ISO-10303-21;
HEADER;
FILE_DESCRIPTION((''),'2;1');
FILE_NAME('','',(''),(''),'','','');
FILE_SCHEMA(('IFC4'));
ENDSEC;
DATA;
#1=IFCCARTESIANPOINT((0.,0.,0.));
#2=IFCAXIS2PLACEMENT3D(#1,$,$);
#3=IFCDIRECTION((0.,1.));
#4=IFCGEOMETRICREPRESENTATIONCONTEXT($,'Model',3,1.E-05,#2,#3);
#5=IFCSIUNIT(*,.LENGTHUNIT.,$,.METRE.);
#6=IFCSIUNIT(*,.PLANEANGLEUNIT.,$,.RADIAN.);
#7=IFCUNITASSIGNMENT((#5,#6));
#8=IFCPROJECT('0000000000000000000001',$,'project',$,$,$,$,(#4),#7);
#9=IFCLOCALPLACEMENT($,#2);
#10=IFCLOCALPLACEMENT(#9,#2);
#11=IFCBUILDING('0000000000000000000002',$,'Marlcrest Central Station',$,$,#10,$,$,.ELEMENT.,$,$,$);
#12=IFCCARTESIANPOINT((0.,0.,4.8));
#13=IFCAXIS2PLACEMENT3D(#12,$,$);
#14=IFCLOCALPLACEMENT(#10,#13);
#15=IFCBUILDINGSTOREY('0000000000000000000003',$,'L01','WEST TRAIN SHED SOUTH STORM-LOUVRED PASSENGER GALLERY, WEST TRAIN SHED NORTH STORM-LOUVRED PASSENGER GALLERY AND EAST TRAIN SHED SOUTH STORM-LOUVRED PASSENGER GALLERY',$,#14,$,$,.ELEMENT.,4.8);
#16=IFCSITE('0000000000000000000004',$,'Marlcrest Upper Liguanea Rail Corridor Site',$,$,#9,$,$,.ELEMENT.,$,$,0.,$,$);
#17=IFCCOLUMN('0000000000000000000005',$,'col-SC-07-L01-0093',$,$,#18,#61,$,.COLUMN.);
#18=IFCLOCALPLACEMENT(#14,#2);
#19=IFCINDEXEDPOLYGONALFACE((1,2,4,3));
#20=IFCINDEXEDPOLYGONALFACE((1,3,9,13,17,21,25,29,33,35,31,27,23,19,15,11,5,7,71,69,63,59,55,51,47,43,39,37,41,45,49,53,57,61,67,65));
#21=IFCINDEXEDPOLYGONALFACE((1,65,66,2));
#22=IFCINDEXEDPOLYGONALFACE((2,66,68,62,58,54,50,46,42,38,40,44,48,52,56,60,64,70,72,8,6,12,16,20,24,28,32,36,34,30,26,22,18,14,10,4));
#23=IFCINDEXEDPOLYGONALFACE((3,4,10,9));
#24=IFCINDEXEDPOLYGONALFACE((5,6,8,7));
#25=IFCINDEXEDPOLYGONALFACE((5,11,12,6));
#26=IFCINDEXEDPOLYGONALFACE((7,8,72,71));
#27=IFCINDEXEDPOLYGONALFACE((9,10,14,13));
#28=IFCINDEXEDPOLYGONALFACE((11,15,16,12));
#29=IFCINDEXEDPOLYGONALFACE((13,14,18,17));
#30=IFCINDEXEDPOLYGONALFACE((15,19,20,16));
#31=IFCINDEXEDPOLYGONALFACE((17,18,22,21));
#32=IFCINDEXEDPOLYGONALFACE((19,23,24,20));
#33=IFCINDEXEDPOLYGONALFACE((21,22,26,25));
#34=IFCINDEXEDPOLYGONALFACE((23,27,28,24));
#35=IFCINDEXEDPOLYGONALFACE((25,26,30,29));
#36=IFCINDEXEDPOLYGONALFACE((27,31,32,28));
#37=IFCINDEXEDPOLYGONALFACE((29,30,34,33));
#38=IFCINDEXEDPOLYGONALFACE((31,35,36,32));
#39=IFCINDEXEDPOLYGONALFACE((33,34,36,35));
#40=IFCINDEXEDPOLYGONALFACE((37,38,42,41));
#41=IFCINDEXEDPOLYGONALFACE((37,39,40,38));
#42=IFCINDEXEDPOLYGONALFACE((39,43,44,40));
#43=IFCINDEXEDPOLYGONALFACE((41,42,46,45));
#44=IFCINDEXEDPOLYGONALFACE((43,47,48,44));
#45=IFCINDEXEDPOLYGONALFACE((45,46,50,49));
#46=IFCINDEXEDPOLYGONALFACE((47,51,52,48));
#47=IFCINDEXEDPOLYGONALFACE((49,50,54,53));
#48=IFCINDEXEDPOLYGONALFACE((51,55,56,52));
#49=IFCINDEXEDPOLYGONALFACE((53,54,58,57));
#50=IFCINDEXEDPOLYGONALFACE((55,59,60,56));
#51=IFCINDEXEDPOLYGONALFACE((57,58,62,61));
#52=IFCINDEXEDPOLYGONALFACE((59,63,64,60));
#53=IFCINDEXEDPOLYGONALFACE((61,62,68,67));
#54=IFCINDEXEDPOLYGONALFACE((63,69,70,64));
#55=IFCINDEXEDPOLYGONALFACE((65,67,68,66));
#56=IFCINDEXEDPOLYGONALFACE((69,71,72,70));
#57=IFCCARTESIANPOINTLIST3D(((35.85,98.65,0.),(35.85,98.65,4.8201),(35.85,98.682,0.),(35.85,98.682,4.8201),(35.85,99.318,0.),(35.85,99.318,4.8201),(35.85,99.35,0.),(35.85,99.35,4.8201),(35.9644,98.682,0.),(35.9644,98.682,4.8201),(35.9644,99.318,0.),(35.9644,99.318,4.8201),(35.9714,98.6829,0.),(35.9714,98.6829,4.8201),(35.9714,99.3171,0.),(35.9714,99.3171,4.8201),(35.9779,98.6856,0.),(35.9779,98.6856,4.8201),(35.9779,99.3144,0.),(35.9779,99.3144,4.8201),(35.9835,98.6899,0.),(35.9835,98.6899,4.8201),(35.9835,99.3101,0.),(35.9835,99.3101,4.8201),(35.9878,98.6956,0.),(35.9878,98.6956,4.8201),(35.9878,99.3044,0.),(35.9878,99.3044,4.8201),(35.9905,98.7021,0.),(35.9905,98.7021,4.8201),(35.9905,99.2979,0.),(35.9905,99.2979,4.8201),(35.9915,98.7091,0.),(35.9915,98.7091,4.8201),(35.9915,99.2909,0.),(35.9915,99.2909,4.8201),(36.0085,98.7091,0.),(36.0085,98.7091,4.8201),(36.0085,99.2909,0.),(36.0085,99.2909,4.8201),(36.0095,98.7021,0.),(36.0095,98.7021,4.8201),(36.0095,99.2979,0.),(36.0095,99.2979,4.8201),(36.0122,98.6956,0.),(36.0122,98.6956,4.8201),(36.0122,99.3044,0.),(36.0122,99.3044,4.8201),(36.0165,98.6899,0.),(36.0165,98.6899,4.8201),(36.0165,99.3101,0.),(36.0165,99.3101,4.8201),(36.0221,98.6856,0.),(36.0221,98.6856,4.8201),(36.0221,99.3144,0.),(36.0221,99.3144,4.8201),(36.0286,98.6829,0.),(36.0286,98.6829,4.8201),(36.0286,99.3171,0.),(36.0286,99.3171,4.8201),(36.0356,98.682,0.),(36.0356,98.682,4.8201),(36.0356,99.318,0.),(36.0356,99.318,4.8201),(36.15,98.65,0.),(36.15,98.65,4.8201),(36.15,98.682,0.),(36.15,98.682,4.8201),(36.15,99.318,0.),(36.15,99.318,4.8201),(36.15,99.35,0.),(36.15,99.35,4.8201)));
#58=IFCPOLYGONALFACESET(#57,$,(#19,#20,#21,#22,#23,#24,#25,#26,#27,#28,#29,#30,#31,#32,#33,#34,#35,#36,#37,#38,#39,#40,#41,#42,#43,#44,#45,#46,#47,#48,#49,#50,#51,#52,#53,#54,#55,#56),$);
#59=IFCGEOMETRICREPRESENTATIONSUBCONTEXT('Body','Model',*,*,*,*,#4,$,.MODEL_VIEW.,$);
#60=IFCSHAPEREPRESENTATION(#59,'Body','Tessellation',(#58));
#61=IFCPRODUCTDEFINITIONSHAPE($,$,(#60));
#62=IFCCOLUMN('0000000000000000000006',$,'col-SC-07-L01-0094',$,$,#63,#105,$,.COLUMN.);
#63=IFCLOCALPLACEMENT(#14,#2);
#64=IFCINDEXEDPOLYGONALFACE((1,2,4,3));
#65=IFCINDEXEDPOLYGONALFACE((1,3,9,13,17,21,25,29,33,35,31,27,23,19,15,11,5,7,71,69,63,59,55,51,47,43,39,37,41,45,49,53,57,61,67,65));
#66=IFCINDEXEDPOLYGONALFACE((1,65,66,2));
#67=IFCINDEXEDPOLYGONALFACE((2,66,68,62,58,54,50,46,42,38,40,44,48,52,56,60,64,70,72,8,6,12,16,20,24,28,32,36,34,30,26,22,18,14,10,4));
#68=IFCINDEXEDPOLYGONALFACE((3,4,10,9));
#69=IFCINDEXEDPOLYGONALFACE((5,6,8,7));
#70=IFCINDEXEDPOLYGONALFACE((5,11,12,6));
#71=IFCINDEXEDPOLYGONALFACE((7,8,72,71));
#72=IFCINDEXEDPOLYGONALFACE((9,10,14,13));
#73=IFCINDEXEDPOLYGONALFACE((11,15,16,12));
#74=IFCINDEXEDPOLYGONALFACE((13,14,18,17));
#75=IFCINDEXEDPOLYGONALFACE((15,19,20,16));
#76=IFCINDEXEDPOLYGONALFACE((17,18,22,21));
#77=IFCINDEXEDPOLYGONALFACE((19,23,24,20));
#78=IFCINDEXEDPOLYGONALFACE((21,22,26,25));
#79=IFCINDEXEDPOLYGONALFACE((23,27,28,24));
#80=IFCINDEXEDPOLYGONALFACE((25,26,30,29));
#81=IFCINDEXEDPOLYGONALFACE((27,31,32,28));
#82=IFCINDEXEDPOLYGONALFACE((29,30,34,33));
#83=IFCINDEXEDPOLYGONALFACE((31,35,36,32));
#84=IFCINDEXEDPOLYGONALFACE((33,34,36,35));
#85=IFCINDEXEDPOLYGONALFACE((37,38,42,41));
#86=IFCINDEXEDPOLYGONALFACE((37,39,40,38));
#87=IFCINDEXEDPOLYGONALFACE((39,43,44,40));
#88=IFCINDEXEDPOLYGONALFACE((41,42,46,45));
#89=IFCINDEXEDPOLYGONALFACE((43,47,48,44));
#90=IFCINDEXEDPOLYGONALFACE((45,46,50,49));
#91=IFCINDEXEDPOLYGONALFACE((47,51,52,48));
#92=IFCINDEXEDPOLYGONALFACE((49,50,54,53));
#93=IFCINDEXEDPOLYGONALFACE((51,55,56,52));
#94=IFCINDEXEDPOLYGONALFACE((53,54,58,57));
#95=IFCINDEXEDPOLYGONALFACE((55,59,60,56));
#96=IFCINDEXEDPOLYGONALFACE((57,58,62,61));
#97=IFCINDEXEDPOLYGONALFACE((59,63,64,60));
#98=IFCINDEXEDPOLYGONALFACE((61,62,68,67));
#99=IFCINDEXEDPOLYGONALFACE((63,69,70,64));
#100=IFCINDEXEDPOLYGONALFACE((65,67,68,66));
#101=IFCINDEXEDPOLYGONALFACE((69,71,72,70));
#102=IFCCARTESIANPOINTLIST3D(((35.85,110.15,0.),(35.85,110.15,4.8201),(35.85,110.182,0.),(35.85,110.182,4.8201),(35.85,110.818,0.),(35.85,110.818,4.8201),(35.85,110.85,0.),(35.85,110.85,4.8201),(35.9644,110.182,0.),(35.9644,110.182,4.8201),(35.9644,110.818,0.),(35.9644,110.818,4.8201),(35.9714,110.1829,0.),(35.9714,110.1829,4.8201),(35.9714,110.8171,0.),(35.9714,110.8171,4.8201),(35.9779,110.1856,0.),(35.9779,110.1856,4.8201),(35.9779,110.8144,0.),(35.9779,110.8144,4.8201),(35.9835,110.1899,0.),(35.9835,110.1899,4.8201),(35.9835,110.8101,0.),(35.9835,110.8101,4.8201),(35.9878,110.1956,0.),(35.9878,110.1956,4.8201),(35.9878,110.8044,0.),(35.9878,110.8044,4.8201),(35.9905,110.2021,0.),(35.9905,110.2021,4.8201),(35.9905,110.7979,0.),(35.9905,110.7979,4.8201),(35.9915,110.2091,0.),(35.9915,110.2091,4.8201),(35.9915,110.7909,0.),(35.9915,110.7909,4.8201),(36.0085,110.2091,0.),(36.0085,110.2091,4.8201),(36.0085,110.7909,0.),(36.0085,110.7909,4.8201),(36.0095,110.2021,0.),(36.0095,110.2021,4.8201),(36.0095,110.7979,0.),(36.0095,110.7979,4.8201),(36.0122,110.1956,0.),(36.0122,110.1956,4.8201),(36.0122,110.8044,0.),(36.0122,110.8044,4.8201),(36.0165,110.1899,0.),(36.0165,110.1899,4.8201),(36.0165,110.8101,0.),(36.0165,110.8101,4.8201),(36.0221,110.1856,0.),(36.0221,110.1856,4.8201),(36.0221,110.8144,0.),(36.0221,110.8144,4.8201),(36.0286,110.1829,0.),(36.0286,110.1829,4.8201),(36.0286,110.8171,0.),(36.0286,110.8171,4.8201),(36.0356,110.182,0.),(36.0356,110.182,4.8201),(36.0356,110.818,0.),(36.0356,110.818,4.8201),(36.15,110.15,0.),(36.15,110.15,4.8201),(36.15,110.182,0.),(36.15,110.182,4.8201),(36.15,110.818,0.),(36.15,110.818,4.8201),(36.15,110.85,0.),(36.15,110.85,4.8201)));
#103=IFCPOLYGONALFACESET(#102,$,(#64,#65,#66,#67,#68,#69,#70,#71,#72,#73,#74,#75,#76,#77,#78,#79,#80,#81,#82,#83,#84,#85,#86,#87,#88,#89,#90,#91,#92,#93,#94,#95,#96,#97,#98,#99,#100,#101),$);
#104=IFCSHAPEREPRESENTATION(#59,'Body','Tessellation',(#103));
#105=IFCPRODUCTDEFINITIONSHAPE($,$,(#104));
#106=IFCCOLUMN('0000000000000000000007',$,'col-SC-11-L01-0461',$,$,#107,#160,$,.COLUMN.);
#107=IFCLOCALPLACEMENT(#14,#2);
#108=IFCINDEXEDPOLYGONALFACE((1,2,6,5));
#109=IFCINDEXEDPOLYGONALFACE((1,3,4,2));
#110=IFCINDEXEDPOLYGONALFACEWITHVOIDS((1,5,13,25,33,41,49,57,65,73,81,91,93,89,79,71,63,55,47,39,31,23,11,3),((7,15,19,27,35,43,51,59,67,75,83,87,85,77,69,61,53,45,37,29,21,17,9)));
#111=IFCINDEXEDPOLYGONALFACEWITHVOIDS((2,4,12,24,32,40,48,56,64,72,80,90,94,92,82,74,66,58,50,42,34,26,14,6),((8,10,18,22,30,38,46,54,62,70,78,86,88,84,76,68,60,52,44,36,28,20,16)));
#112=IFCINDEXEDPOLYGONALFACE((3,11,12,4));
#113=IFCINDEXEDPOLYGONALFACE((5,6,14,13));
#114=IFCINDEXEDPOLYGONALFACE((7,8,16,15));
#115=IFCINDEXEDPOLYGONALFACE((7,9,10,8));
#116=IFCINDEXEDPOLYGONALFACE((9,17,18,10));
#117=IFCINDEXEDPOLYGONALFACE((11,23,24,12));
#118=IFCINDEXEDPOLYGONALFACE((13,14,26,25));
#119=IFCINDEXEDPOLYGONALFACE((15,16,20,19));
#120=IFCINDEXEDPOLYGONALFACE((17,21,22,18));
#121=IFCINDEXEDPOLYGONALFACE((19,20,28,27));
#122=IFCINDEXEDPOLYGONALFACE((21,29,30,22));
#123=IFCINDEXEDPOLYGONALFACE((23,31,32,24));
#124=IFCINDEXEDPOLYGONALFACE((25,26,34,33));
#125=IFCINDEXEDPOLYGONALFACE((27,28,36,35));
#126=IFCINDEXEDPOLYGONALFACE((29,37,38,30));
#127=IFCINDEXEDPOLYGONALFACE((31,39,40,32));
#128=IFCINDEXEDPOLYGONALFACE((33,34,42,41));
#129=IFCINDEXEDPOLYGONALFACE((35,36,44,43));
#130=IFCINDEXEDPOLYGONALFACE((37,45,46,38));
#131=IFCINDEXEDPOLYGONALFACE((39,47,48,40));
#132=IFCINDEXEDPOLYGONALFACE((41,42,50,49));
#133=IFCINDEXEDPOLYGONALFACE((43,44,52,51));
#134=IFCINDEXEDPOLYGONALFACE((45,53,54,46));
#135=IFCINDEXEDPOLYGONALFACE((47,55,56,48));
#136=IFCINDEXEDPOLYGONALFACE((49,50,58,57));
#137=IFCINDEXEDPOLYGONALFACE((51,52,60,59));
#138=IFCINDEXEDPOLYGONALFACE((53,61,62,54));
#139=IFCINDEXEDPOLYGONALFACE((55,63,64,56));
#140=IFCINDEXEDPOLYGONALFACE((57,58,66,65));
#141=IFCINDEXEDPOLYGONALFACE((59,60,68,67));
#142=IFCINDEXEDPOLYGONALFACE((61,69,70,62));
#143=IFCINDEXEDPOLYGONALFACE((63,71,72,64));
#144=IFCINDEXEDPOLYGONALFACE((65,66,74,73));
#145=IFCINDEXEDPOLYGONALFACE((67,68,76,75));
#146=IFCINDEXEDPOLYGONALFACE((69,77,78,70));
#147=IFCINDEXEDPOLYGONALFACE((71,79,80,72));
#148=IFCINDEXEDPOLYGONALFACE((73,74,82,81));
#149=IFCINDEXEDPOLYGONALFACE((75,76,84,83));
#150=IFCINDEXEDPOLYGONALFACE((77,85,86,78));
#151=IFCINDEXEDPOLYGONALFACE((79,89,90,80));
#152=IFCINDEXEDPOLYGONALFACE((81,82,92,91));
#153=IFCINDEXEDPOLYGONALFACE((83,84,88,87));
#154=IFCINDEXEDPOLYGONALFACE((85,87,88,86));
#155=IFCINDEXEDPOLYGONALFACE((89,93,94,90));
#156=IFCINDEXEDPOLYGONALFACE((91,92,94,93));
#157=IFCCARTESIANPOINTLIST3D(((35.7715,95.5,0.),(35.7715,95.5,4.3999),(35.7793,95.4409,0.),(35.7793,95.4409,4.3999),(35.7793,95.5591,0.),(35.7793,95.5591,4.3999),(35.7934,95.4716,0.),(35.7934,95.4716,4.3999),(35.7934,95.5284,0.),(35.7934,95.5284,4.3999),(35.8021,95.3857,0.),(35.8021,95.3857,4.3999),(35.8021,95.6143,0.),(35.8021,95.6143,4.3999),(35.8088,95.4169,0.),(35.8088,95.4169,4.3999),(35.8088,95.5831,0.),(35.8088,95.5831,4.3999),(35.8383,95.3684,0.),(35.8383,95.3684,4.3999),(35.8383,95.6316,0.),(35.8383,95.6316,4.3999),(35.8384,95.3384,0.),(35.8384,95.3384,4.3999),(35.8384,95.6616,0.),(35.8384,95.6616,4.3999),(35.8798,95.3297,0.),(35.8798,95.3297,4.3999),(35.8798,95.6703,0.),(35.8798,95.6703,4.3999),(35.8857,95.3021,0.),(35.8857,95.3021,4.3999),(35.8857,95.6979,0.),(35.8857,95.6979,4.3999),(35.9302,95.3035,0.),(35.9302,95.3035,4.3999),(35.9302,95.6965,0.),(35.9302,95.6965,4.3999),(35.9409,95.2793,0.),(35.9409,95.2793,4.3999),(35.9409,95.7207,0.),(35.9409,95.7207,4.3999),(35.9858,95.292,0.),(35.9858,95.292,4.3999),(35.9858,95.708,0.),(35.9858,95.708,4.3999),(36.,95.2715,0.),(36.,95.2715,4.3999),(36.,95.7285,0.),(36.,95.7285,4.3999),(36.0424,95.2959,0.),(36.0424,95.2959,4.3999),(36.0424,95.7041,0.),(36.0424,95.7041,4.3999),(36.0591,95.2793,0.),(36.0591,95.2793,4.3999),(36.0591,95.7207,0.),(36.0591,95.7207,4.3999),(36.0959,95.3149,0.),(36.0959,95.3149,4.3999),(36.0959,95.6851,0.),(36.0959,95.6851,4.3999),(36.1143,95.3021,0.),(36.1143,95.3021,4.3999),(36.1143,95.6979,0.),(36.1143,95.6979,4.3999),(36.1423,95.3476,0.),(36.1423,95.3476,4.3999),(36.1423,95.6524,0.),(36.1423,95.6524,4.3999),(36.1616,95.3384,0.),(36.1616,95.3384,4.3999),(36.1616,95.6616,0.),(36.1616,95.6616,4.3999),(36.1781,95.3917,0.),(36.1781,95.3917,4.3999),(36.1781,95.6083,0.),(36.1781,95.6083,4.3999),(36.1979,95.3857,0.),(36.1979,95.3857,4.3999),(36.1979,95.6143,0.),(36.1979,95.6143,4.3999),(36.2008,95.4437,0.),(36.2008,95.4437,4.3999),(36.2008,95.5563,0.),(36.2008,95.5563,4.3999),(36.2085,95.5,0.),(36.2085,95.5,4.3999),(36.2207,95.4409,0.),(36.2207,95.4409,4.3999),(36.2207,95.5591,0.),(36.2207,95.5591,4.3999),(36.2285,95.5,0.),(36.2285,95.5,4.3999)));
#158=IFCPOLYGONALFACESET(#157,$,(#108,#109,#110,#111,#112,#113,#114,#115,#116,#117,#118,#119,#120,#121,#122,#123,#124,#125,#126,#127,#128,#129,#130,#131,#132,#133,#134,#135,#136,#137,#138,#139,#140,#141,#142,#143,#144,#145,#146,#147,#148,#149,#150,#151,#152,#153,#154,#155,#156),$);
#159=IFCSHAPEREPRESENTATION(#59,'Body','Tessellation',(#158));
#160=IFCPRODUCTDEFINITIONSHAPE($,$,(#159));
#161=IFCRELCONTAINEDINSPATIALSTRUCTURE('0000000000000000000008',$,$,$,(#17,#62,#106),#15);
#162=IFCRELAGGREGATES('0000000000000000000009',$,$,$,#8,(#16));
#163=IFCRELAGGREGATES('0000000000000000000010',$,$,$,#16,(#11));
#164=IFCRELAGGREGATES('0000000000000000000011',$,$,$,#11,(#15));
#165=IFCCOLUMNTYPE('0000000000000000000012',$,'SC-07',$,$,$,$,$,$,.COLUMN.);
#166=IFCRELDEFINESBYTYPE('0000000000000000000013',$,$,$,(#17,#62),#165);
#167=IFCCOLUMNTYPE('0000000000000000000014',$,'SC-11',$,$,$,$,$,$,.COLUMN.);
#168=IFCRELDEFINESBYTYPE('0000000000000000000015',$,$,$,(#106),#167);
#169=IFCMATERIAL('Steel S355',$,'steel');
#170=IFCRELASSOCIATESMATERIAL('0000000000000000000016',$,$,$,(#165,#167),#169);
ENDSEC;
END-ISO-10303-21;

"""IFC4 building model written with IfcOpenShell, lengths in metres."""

from ifc_helpers import new_model, si_unit, direction, frame, origin, origin_2d, place, context, subcontext, project, spatial, hollow_circle, i_section, extrude, material, material_profile, profile_set, type_object, element, save


model = new_model("IFC4")

# Units and contexts
model_context = context("Model", 3, precision=1e-05, world=origin(), true_north=direction((0.0, 1.0)))
body_context = subcontext(model_context, "Body", "Model", "MODEL_VIEW")
ifc_project = project(units=[si_unit("LENGTHUNIT", "METRE"), si_unit("PLANEANGLEUNIT", "RADIAN")], contexts=[model_context])

# Site, building, storey
site_placement = place(None, origin())
site = spatial("IfcSite", under=ifc_project, at=site_placement, Name="Marlcrest Upper Liguanea Rail Corridor Site", CompositionType="ELEMENT", RefElevation=0.0)
building_placement = place(site_placement, origin())
building = spatial("IfcBuilding", under=site, at=building_placement, Name="Marlcrest Central Station", CompositionType="ELEMENT")
storey_placement = place(building_placement, frame((0.0, 0.0, 4.8)))
storey = spatial("IfcBuildingStorey", under=building, at=storey_placement, Name="L01", Description="WEST TRAIN SHED SOUTH STORM-LOUVRED PASSENGER GALLERY, WEST TRAIN SHED NORTH STORM-LOUVRED PASSENGER GALLERY AND EAST TRAIN SHED SOUTH STORM-LOUVRED PASSENGER GALLERY", CompositionType="ELEMENT", Elevation=4.8)

# Columns
ifc_material_1 = material(Name="Steel S355", Category="steel")
ifc_material_profile_1 = material_profile(ifc_material_1, i_section(OverallWidth=0.3, OverallDepth=0.7, WebThickness=0.0171, FlangeThickness=0.032, FilletRadius=0.0271, at=origin_2d()), Name="HEB 700")
ifc_profile_set_1 = profile_set([ifc_material_profile_1], Name="Steel S355")
column_type_1 = type_object("IfcColumnType", Name="SC-07", PredefinedType="COLUMN", material=ifc_profile_set_1)
for number, where, z_axis, x_axis, name in (
    (1, (36.0, 99.0, 0.0), (0.0, 0.0, 1.0), (1.0, 0.0, 0.0), "col-SC-07-L01-0093"),
    (2, (36.0, 110.5, 0.0), (0.0, 0.0, 1.0), (1.0, 0.0, 0.0), "col-SC-07-L01-0094"),
):
    element("IfcColumn", number, at=place(storey_placement, frame(where, z_axis=z_axis, x_axis=x_axis)), inside=storey, type_object=column_type_1, Name=name, PredefinedType="COLUMN", context=body_context, shape_type="SweptSolid", body=[
        extrude(i_section(OverallWidth=0.3, OverallDepth=0.7, WebThickness=0.0171, FlangeThickness=0.032, FilletRadius=0.0271, at=origin_2d()), origin(), (0.0, 0.0, 1.0), 4.8201),
    ])
ifc_material_profile_2 = material_profile(ifc_material_1, hollow_circle(Radius=0.2285, WallThickness=0.02, at=origin_2d()), Name="CHS 457x20")
ifc_profile_set_2 = profile_set([ifc_material_profile_2], Name="Steel S355")
column_type_2 = type_object("IfcColumnType", Name="SC-11", PredefinedType="COLUMN", material=ifc_profile_set_2)
column_placement = place(storey_placement, frame((36.0, 95.5, 0.0), z_axis=(0.0, 0.0, 1.0), x_axis=(1.0, 0.0, 0.0)))
element("IfcColumn", 3, at=column_placement, inside=storey, type_object=column_type_2, Name="col-SC-11-L01-0461", PredefinedType="COLUMN", context=body_context, shape_type="SweptSolid", body=[
    extrude(hollow_circle(Radius=0.2285, WallThickness=0.02, at=origin_2d()), origin(), (0.0, 0.0, 1.0), 4.3999),
])

save(model, "model.ifc")
